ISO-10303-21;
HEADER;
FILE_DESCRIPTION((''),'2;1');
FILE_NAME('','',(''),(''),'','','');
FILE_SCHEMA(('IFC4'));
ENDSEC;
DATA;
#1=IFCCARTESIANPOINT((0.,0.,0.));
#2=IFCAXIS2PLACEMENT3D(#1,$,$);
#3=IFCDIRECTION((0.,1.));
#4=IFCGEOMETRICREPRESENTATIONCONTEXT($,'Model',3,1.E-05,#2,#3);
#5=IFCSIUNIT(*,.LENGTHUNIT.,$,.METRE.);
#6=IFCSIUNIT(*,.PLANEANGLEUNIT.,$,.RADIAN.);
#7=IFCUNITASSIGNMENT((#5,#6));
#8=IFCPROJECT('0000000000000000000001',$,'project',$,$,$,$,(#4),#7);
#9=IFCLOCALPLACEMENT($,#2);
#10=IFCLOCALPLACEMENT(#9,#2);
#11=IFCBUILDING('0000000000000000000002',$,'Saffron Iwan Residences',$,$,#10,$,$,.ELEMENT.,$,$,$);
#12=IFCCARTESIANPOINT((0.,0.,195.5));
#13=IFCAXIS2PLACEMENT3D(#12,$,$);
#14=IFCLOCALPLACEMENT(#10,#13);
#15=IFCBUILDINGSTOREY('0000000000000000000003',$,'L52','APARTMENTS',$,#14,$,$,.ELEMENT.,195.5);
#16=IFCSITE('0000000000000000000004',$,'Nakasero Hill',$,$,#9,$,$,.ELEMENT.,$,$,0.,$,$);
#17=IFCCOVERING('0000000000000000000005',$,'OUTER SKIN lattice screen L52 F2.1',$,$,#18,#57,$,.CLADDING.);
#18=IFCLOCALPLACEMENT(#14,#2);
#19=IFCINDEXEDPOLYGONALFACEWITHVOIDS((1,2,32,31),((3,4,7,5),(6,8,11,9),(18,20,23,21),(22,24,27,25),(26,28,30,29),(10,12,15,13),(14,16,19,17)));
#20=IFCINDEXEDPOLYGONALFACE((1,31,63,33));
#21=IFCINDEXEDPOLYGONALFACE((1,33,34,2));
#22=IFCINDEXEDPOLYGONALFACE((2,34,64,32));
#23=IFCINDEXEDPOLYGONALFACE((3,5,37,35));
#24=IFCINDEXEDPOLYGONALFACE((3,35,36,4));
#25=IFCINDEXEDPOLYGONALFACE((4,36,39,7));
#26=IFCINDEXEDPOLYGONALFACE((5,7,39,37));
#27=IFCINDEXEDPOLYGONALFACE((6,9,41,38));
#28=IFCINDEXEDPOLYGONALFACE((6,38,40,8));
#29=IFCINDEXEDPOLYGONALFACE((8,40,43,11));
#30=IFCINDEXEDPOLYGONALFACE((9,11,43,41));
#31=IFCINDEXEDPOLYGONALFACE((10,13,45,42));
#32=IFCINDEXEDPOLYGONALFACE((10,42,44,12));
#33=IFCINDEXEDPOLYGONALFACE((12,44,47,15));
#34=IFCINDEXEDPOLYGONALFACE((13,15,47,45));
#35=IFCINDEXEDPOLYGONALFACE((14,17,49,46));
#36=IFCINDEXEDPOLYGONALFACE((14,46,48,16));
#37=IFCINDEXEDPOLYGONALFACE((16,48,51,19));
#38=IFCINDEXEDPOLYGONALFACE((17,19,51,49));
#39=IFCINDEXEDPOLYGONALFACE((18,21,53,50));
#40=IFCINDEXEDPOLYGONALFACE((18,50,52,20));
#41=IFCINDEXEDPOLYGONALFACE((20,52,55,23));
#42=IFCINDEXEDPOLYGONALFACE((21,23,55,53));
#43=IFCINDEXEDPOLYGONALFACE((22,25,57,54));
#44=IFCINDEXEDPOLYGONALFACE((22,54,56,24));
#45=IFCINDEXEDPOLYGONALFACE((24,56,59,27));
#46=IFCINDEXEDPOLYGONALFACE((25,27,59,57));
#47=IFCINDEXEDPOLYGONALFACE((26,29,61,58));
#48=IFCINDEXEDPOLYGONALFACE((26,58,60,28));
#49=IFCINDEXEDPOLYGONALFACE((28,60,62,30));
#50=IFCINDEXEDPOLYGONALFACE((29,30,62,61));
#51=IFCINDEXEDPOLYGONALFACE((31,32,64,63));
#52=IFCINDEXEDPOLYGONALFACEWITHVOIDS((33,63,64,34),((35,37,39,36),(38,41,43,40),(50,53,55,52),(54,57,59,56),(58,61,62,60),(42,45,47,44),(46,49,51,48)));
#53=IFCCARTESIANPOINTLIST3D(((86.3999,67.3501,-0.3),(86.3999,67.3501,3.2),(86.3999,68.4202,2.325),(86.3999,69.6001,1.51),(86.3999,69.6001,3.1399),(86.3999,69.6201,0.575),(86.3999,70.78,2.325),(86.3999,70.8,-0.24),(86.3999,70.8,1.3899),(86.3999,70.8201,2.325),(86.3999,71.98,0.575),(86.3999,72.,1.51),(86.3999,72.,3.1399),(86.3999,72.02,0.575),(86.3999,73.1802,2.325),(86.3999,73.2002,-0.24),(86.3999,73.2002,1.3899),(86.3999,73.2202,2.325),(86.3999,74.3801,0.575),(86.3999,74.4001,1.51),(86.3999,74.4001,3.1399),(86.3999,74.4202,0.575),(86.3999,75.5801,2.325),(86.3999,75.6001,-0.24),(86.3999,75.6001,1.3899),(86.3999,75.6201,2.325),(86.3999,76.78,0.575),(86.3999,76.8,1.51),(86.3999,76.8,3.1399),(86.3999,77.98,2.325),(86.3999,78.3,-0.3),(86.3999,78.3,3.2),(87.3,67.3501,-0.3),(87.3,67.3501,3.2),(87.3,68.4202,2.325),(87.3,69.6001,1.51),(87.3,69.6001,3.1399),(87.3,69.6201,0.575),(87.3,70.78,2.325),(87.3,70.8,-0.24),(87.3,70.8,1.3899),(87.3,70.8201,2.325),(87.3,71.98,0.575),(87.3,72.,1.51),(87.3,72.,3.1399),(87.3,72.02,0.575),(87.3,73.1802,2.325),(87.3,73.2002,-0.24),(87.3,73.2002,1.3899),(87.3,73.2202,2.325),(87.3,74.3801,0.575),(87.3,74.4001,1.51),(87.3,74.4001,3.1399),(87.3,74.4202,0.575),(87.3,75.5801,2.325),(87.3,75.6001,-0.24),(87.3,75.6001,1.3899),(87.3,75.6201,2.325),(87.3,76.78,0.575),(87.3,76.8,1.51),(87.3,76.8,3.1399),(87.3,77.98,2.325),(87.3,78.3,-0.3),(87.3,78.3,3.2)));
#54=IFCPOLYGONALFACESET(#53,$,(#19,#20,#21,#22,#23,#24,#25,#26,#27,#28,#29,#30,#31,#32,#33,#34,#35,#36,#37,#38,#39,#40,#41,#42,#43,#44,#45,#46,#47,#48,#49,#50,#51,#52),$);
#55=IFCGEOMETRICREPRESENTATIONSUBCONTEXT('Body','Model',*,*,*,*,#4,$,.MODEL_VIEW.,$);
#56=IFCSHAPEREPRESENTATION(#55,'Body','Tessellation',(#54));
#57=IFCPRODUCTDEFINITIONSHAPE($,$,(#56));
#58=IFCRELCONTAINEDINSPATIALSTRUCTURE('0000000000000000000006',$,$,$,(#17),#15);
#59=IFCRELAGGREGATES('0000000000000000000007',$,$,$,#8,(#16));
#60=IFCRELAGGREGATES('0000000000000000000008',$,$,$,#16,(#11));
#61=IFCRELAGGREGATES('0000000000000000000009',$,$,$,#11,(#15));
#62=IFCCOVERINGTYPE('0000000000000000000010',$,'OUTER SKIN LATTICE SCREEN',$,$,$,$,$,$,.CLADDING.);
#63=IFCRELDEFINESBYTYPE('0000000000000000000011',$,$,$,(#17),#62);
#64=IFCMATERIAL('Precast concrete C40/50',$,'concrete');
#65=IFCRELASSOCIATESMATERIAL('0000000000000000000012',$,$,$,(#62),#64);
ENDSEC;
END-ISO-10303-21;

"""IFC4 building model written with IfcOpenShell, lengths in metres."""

from ifc_helpers import new_model, si_unit, direction, frame, origin, place, context, subcontext, project, spatial, polyline, outline, extrude, material, type_object, element, save


model = new_model("IFC4")

# Units and contexts
model_context = context("Model", 3, precision=1e-05, world=origin(), true_north=direction((0.0, 1.0)))
body_context = subcontext(model_context, "Body", "Model", "MODEL_VIEW")
ifc_project = project(units=[si_unit("LENGTHUNIT", "METRE"), si_unit("PLANEANGLEUNIT", "RADIAN")], contexts=[model_context])

# Site, building, storey
site_placement = place(None, origin())
site = spatial("IfcSite", under=ifc_project, at=site_placement, Name="Nakasero Hill", CompositionType="ELEMENT", RefElevation=0.0)
building_placement = place(site_placement, origin())
building = spatial("IfcBuilding", under=site, at=building_placement, Name="Saffron Iwan Residences", CompositionType="ELEMENT")
storey_placement = place(building_placement, frame((0.0, 0.0, 195.5)))
storey = spatial("IfcBuildingStorey", under=building, at=storey_placement, Name="L52", Description="APARTMENTS", CompositionType="ELEMENT", Elevation=195.5)

# Covering
ifc_material_1 = material(Name="Precast concrete C40/50", Category="concrete")
covering_type = type_object("IfcCoveringType", Name="OUTER SKIN LATTICE SCREEN", PredefinedType="CLADDING", material=ifc_material_1)
covering_placement = place(storey_placement, frame((86.3999, 67.3501, -0.3), z_axis=(1.0, 0.0, 0.0), x_axis=(0.0, 1.0, 0.0)))
element("IfcCovering", 1, at=covering_placement, inside=storey, type_object=covering_type, Name="OUTER SKIN lattice screen L52 F2.1", PredefinedType="CLADDING", context=body_context, shape_type="SweptSolid", body=[
    extrude(outline(polyline([(0.0, 0.0), (10.95, 0.0), (10.95, 3.5), (0.0, 3.5), (0.0, 0.0)]), holes=[polyline([(2.27, 0.875), (3.45, 0.0601), (4.6299, 0.875), (3.45, 1.6899), (2.27, 0.875)]), polyline([(4.6699, 0.875), (5.8501, 0.0601), (7.03, 0.875), (5.8501, 1.6899), (4.6699, 0.875)]), polyline([(7.0701, 0.875), (8.25, 0.0601), (9.4299, 0.875), (8.25, 1.6899), (7.0701, 0.875)]), polyline([(1.0701, 2.625), (2.25, 1.8101), (3.4299, 2.625), (2.25, 3.4399), (1.0701, 2.625)]), polyline([(3.47, 2.625), (4.6499, 1.8101), (5.8301, 2.625), (4.6499, 3.4399), (3.47, 2.625)]), polyline([(5.8701, 2.625), (7.05, 1.8101), (8.23, 2.625), (7.05, 3.4399), (5.8701, 2.625)]), polyline([(8.27, 2.625), (9.45, 1.8101), (10.6299, 2.625), (9.45, 3.4399), (8.27, 2.625)])]), origin(), (0.0, 0.0, 1.0), 0.9001),
])

save(model, "model.ifc")
